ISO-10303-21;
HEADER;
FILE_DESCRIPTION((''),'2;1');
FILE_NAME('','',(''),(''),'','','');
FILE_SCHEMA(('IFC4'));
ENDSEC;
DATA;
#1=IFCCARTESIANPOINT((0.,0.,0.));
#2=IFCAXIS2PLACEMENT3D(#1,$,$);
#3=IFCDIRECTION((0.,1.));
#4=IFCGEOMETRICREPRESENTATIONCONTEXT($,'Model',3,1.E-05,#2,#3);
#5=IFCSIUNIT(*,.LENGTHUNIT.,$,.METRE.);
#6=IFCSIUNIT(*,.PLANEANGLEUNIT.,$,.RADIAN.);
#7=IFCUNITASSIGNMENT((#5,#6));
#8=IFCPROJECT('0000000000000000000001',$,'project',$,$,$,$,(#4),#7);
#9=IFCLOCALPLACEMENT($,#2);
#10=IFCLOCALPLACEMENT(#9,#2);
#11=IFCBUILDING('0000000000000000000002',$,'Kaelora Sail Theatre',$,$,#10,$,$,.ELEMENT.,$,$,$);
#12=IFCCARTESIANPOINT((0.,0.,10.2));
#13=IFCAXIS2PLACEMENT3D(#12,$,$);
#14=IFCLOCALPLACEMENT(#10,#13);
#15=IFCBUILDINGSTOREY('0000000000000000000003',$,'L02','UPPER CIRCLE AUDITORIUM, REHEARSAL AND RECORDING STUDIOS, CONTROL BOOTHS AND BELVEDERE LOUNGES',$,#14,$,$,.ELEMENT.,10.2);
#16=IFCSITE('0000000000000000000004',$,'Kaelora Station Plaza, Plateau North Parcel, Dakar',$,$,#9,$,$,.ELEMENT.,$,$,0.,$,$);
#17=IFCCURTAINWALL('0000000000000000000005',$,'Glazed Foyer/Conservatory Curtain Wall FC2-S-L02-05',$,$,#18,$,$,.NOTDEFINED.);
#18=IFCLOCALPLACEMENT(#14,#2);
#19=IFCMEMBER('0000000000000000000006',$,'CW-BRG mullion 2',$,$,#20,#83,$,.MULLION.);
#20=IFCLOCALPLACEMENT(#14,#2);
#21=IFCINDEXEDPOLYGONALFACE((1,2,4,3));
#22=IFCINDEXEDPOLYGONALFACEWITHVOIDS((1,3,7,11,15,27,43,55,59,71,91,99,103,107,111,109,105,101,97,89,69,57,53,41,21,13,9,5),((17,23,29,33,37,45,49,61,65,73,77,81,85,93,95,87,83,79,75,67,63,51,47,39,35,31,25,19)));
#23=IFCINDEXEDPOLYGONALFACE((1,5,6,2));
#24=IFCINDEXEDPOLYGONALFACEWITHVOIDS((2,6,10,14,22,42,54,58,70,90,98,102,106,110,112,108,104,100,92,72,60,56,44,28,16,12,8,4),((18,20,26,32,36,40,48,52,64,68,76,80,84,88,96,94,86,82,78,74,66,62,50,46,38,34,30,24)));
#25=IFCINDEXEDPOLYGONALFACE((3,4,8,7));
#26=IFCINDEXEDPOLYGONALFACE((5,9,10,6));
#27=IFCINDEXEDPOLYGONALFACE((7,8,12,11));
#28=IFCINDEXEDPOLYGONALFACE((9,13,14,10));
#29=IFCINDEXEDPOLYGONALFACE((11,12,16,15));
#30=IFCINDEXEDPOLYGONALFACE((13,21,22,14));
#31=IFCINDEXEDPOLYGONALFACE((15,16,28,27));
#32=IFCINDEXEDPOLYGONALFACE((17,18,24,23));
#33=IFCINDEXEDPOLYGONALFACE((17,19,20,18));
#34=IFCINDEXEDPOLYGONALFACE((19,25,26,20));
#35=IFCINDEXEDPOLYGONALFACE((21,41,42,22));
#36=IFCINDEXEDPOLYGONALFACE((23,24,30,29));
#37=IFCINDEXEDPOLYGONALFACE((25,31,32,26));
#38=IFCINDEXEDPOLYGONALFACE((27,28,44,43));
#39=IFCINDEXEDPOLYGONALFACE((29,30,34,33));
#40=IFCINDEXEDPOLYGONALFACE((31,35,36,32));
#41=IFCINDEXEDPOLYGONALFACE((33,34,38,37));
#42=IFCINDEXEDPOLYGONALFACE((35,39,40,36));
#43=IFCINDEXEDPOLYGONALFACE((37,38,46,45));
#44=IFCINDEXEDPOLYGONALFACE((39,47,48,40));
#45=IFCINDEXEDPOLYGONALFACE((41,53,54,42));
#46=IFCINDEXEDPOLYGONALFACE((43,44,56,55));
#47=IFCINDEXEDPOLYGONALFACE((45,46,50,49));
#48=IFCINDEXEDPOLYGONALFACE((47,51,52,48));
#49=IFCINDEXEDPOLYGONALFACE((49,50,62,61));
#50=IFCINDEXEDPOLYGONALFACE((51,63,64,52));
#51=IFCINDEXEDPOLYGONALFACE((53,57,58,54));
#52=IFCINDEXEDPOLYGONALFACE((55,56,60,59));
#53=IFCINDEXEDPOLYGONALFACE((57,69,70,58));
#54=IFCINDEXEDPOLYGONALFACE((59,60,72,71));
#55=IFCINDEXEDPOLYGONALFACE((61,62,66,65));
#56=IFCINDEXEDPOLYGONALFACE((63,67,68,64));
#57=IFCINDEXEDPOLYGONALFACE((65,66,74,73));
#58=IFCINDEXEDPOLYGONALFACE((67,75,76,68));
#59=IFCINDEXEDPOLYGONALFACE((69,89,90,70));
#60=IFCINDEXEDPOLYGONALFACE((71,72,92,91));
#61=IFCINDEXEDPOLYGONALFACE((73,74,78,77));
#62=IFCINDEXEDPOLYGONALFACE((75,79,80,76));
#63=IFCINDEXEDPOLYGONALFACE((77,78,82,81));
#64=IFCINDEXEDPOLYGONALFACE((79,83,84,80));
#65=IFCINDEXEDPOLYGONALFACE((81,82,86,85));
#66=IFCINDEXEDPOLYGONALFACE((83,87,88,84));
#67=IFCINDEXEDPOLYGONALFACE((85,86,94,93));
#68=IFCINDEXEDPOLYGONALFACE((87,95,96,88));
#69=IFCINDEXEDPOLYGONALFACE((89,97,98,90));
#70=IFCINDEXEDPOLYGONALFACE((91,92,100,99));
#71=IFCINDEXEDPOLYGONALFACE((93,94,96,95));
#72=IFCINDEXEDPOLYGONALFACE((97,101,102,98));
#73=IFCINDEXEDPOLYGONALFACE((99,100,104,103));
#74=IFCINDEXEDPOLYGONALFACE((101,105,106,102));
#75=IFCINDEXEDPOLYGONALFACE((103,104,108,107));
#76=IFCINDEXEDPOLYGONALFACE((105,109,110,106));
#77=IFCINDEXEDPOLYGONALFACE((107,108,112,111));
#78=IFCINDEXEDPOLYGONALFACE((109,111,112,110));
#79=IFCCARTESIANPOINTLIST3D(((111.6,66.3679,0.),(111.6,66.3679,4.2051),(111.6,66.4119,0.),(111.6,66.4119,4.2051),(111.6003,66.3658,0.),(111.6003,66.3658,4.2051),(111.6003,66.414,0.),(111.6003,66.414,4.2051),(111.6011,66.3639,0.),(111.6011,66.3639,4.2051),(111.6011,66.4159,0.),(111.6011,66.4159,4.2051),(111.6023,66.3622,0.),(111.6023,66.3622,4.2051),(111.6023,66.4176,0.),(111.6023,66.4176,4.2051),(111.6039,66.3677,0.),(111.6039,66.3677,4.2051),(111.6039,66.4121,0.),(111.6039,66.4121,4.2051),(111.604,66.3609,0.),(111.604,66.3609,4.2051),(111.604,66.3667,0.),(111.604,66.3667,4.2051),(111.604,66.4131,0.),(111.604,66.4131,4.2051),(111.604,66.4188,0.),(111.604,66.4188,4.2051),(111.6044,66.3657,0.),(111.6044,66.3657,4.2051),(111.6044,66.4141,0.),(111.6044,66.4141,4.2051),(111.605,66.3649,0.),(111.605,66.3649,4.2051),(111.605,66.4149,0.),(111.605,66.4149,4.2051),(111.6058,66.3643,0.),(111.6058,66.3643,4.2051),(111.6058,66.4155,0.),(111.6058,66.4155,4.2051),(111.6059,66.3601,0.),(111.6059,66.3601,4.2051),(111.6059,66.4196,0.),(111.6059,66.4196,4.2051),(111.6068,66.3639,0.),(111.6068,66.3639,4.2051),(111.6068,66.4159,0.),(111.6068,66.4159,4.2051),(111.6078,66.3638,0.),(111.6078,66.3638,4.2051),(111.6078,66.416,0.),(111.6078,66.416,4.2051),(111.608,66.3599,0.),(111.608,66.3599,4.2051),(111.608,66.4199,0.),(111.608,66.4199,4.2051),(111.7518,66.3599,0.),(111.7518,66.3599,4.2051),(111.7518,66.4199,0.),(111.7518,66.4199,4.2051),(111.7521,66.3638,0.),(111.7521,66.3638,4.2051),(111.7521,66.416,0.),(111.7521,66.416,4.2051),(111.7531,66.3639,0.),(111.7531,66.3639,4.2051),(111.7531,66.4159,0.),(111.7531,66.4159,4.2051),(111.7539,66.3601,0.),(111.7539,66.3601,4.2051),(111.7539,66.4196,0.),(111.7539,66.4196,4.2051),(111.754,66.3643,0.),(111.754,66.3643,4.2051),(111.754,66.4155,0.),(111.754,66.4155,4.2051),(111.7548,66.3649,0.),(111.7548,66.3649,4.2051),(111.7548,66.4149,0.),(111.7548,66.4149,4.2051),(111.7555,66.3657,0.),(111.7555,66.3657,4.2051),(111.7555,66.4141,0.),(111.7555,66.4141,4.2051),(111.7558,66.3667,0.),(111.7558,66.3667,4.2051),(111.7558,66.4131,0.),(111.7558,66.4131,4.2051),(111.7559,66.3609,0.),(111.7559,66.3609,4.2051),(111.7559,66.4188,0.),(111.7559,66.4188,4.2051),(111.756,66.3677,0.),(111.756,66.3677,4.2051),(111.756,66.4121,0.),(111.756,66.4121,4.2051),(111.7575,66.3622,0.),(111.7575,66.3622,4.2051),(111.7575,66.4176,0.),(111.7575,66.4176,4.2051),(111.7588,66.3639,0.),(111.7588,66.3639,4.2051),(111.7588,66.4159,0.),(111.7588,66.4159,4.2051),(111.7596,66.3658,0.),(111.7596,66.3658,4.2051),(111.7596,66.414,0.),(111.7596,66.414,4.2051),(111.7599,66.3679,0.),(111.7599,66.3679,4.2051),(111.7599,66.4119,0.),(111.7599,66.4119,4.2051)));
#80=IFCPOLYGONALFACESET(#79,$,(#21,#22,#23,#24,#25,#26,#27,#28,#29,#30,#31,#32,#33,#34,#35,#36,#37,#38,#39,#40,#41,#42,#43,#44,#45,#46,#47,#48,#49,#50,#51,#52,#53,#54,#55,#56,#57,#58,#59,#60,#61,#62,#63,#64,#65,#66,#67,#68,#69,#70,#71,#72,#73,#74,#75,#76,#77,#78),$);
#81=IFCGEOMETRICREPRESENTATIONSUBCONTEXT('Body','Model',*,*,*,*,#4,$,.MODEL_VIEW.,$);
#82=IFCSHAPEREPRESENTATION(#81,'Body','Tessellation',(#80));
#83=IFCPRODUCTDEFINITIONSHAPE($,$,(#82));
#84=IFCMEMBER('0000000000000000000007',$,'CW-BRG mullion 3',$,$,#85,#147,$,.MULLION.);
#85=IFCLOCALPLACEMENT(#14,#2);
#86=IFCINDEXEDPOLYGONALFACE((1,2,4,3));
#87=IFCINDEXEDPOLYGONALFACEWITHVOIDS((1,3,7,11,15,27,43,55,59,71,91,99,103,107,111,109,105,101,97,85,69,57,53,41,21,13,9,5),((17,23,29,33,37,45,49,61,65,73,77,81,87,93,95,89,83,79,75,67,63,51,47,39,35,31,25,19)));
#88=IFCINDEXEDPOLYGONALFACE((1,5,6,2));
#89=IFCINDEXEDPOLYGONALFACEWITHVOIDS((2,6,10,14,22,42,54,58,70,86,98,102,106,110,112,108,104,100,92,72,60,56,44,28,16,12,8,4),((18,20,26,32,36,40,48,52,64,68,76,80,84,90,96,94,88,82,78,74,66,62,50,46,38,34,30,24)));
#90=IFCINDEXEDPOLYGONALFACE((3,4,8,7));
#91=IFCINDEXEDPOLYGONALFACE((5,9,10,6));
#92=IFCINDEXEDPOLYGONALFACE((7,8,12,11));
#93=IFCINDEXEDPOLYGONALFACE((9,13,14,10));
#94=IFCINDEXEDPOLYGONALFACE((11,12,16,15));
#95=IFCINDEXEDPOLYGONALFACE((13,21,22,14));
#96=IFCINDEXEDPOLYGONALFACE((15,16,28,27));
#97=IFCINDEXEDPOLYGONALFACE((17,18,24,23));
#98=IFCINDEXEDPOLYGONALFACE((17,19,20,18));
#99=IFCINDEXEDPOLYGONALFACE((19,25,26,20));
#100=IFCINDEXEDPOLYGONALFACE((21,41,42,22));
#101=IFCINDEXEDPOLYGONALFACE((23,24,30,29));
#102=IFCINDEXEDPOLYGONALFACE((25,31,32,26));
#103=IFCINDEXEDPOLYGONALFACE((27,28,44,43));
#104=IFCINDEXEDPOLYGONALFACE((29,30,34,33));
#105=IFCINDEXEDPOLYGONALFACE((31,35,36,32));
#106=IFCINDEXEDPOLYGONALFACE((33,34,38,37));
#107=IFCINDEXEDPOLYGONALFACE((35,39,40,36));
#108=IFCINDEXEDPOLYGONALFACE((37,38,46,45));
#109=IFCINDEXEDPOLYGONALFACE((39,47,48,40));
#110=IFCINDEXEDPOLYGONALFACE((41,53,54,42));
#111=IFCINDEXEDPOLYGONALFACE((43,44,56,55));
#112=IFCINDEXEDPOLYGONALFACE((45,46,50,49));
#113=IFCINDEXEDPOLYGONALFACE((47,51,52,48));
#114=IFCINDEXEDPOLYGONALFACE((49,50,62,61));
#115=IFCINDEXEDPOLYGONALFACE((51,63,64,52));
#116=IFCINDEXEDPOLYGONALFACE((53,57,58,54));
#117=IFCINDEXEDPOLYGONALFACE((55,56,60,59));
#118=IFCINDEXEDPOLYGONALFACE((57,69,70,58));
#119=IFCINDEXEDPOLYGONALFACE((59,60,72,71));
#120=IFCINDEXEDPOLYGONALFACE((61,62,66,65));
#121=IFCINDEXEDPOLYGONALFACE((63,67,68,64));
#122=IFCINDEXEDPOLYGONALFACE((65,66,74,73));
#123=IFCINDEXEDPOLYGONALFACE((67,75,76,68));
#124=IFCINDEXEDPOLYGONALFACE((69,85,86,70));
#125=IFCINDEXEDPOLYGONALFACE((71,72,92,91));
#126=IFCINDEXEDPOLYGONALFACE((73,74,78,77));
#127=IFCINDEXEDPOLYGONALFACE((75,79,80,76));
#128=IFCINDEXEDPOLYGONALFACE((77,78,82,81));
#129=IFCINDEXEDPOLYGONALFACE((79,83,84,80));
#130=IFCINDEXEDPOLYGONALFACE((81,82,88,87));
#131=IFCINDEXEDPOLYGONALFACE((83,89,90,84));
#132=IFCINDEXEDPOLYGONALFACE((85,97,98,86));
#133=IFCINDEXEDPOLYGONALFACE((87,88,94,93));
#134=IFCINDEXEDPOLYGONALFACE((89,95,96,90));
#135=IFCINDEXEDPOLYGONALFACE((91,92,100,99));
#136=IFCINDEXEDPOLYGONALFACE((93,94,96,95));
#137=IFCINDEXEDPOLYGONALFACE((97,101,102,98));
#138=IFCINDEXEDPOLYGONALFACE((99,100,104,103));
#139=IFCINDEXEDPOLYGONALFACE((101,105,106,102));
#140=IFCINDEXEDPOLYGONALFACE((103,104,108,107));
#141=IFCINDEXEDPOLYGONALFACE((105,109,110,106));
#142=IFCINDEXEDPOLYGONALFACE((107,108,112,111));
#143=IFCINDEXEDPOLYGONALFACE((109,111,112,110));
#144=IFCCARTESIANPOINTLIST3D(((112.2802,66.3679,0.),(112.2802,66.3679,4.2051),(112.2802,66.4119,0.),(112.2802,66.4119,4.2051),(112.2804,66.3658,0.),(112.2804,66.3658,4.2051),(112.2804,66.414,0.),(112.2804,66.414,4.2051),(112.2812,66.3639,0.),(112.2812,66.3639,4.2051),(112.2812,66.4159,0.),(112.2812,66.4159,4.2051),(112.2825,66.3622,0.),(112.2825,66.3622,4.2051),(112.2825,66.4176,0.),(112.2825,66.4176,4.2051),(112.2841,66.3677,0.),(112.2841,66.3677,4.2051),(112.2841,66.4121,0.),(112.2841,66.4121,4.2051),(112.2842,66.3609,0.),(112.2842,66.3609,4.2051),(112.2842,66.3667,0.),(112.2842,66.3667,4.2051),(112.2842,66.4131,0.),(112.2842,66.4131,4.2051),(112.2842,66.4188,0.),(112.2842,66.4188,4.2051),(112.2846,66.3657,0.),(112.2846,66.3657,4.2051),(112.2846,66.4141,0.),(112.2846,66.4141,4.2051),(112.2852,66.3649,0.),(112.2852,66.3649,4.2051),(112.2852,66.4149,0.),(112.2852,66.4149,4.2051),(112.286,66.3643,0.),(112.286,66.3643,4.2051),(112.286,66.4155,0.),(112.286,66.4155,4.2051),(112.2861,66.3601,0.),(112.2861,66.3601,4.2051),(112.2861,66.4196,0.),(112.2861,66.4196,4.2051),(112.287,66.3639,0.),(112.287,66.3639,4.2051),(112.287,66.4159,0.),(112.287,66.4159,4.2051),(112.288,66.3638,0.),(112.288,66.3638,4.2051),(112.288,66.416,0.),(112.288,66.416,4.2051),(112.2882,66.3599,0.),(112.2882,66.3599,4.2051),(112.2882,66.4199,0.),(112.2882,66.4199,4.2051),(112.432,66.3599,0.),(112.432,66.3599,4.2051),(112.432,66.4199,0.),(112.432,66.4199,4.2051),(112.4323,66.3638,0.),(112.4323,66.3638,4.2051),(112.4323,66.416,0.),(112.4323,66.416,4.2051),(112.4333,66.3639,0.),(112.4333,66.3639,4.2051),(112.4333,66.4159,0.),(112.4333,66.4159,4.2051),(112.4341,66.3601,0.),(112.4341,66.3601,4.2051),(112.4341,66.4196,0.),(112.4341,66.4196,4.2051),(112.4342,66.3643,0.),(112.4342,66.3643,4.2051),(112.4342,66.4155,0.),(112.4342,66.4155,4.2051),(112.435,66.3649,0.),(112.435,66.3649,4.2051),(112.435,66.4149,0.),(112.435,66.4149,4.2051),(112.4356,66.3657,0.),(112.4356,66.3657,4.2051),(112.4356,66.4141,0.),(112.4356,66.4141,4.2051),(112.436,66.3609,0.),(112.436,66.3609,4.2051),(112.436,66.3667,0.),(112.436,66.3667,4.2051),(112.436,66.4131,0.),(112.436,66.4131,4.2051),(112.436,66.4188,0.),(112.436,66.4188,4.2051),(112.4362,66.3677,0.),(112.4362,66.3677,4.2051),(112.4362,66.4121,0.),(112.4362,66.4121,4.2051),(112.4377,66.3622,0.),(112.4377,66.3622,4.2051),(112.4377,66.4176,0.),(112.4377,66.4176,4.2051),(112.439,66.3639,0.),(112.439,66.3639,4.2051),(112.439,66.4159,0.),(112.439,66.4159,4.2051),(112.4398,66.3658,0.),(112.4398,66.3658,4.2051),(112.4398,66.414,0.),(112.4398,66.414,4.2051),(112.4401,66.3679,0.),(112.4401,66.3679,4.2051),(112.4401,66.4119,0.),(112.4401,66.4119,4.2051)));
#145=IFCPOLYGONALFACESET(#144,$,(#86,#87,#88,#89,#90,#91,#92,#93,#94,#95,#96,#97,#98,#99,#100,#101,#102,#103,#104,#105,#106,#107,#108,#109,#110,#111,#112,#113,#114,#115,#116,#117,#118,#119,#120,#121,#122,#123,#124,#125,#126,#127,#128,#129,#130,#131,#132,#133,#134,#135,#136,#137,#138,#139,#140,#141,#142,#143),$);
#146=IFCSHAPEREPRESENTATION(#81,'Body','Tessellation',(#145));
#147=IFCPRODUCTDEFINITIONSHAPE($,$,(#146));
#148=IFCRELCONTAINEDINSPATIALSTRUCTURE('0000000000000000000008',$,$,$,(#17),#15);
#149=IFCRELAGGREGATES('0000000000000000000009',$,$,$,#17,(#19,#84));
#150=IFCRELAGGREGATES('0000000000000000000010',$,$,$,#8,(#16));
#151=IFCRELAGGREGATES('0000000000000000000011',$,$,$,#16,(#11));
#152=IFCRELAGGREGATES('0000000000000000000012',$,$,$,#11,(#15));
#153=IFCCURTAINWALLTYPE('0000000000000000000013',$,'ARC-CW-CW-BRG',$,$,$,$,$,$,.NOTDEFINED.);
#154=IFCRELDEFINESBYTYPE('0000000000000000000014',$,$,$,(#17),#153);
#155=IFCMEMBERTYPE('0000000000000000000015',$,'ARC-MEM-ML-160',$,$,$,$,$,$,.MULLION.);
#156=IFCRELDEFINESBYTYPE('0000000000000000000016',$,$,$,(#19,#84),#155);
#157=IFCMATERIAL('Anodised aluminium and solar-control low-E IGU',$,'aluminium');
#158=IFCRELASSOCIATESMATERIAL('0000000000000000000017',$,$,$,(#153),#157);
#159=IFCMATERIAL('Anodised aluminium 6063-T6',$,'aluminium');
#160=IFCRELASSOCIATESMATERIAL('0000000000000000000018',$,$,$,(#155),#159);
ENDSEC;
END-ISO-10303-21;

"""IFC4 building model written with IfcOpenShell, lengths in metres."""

from ifc_helpers import new_model, si_unit, direction, frame, origin, origin_2d, place, context, subcontext, project, spatial, hollow_rectangle, extrude, material, material_profile, profile_set, type_object, element, aggregate, save


model = new_model("IFC4")

# Units and contexts
model_context = context("Model", 3, precision=1e-05, world=origin(), true_north=direction((0.0, 1.0)))
body_context = subcontext(model_context, "Body", "Model", "MODEL_VIEW")
ifc_project = project(units=[si_unit("LENGTHUNIT", "METRE"), si_unit("PLANEANGLEUNIT", "RADIAN")], contexts=[model_context])

# Site, building, storey
site_placement = place(None, origin())
site = spatial("IfcSite", under=ifc_project, at=site_placement, Name="Kaelora Station Plaza, Plateau North Parcel, Dakar", CompositionType="ELEMENT", RefElevation=0.0)
building_placement = place(site_placement, origin())
building = spatial("IfcBuilding", under=site, at=building_placement, Name="Kaelora Sail Theatre", CompositionType="ELEMENT")
storey_placement = place(building_placement, frame((0.0, 0.0, 10.2)))
storey = spatial("IfcBuildingStorey", under=building, at=storey_placement, Name="L02", Description="UPPER CIRCLE AUDITORIUM, REHEARSAL AND RECORDING STUDIOS, CONTROL BOOTHS AND BELVEDERE LOUNGES", CompositionType="ELEMENT", Elevation=10.2)

# Curtain wall, members
ifc_material_1 = material(Name="Anodised aluminium and solar-control low-E IGU", Category="aluminium")
curtain_wall_type = type_object("IfcCurtainWallType", Name="ARC-CW-CW-BRG", PredefinedType="NOTDEFINED", material=ifc_material_1)
curtain_wall_placement = place(storey_placement, origin())
curtain_wall = element("IfcCurtainWall", 1, at=curtain_wall_placement, inside=storey, type_object=curtain_wall_type, Name="Glazed Foyer/Conservatory Curtain Wall FC2-S-L02-05", PredefinedType="NOTDEFINED")
ifc_material_2 = material(Name="Anodised aluminium 6063-T6", Category="aluminium")
ifc_material_profile_1 = material_profile(ifc_material_2, hollow_rectangle(XDim=0.0601, YDim=0.1599, WallThickness=0.0039, InnerFilletRadius=0.0039, OuterFilletRadius=0.0081, at=origin_2d()), Name="ALU-MULL 60x160x4")
ifc_profile_set_1 = profile_set([ifc_material_profile_1], Name="Anodised aluminium 6063-T6")
member_type_1 = type_object("IfcMemberType", Name="ARC-MEM-ML-160", PredefinedType="MULLION", material=ifc_profile_set_1)
member_1_placement = place(storey_placement, frame((111.6799, 66.3899, 0.0), z_axis=(0.0, 0.0, 1.0), x_axis=(0.0, 1.0, 0.0)))
member_1 = element("IfcMember", 2, at=member_1_placement, type_object=member_type_1, Name="CW-BRG mullion 2", PredefinedType="MULLION", context=body_context, shape_type="SweptSolid", body=[
    extrude(hollow_rectangle(XDim=0.0601, YDim=0.1599, WallThickness=0.0039, InnerFilletRadius=0.0039, OuterFilletRadius=0.0081, at=origin_2d()), origin(), (0.0, 0.0, 1.0), 4.2051),
])
member_2_placement = place(storey_placement, frame((112.3601, 66.3899, 0.0), z_axis=(0.0, 0.0, 1.0), x_axis=(0.0, 1.0, 0.0)))
member_2 = element("IfcMember", 3, at=member_2_placement, type_object=member_type_1, Name="CW-BRG mullion 3", PredefinedType="MULLION", context=body_context, shape_type="SweptSolid", body=[
    extrude(hollow_rectangle(XDim=0.0601, YDim=0.1599, WallThickness=0.0039, InnerFilletRadius=0.0039, OuterFilletRadius=0.0081, at=origin_2d()), origin(), (0.0, 0.0, 1.0), 4.2051),
])
aggregate(curtain_wall, [member_1, member_2])

save(model, "model.ifc")
